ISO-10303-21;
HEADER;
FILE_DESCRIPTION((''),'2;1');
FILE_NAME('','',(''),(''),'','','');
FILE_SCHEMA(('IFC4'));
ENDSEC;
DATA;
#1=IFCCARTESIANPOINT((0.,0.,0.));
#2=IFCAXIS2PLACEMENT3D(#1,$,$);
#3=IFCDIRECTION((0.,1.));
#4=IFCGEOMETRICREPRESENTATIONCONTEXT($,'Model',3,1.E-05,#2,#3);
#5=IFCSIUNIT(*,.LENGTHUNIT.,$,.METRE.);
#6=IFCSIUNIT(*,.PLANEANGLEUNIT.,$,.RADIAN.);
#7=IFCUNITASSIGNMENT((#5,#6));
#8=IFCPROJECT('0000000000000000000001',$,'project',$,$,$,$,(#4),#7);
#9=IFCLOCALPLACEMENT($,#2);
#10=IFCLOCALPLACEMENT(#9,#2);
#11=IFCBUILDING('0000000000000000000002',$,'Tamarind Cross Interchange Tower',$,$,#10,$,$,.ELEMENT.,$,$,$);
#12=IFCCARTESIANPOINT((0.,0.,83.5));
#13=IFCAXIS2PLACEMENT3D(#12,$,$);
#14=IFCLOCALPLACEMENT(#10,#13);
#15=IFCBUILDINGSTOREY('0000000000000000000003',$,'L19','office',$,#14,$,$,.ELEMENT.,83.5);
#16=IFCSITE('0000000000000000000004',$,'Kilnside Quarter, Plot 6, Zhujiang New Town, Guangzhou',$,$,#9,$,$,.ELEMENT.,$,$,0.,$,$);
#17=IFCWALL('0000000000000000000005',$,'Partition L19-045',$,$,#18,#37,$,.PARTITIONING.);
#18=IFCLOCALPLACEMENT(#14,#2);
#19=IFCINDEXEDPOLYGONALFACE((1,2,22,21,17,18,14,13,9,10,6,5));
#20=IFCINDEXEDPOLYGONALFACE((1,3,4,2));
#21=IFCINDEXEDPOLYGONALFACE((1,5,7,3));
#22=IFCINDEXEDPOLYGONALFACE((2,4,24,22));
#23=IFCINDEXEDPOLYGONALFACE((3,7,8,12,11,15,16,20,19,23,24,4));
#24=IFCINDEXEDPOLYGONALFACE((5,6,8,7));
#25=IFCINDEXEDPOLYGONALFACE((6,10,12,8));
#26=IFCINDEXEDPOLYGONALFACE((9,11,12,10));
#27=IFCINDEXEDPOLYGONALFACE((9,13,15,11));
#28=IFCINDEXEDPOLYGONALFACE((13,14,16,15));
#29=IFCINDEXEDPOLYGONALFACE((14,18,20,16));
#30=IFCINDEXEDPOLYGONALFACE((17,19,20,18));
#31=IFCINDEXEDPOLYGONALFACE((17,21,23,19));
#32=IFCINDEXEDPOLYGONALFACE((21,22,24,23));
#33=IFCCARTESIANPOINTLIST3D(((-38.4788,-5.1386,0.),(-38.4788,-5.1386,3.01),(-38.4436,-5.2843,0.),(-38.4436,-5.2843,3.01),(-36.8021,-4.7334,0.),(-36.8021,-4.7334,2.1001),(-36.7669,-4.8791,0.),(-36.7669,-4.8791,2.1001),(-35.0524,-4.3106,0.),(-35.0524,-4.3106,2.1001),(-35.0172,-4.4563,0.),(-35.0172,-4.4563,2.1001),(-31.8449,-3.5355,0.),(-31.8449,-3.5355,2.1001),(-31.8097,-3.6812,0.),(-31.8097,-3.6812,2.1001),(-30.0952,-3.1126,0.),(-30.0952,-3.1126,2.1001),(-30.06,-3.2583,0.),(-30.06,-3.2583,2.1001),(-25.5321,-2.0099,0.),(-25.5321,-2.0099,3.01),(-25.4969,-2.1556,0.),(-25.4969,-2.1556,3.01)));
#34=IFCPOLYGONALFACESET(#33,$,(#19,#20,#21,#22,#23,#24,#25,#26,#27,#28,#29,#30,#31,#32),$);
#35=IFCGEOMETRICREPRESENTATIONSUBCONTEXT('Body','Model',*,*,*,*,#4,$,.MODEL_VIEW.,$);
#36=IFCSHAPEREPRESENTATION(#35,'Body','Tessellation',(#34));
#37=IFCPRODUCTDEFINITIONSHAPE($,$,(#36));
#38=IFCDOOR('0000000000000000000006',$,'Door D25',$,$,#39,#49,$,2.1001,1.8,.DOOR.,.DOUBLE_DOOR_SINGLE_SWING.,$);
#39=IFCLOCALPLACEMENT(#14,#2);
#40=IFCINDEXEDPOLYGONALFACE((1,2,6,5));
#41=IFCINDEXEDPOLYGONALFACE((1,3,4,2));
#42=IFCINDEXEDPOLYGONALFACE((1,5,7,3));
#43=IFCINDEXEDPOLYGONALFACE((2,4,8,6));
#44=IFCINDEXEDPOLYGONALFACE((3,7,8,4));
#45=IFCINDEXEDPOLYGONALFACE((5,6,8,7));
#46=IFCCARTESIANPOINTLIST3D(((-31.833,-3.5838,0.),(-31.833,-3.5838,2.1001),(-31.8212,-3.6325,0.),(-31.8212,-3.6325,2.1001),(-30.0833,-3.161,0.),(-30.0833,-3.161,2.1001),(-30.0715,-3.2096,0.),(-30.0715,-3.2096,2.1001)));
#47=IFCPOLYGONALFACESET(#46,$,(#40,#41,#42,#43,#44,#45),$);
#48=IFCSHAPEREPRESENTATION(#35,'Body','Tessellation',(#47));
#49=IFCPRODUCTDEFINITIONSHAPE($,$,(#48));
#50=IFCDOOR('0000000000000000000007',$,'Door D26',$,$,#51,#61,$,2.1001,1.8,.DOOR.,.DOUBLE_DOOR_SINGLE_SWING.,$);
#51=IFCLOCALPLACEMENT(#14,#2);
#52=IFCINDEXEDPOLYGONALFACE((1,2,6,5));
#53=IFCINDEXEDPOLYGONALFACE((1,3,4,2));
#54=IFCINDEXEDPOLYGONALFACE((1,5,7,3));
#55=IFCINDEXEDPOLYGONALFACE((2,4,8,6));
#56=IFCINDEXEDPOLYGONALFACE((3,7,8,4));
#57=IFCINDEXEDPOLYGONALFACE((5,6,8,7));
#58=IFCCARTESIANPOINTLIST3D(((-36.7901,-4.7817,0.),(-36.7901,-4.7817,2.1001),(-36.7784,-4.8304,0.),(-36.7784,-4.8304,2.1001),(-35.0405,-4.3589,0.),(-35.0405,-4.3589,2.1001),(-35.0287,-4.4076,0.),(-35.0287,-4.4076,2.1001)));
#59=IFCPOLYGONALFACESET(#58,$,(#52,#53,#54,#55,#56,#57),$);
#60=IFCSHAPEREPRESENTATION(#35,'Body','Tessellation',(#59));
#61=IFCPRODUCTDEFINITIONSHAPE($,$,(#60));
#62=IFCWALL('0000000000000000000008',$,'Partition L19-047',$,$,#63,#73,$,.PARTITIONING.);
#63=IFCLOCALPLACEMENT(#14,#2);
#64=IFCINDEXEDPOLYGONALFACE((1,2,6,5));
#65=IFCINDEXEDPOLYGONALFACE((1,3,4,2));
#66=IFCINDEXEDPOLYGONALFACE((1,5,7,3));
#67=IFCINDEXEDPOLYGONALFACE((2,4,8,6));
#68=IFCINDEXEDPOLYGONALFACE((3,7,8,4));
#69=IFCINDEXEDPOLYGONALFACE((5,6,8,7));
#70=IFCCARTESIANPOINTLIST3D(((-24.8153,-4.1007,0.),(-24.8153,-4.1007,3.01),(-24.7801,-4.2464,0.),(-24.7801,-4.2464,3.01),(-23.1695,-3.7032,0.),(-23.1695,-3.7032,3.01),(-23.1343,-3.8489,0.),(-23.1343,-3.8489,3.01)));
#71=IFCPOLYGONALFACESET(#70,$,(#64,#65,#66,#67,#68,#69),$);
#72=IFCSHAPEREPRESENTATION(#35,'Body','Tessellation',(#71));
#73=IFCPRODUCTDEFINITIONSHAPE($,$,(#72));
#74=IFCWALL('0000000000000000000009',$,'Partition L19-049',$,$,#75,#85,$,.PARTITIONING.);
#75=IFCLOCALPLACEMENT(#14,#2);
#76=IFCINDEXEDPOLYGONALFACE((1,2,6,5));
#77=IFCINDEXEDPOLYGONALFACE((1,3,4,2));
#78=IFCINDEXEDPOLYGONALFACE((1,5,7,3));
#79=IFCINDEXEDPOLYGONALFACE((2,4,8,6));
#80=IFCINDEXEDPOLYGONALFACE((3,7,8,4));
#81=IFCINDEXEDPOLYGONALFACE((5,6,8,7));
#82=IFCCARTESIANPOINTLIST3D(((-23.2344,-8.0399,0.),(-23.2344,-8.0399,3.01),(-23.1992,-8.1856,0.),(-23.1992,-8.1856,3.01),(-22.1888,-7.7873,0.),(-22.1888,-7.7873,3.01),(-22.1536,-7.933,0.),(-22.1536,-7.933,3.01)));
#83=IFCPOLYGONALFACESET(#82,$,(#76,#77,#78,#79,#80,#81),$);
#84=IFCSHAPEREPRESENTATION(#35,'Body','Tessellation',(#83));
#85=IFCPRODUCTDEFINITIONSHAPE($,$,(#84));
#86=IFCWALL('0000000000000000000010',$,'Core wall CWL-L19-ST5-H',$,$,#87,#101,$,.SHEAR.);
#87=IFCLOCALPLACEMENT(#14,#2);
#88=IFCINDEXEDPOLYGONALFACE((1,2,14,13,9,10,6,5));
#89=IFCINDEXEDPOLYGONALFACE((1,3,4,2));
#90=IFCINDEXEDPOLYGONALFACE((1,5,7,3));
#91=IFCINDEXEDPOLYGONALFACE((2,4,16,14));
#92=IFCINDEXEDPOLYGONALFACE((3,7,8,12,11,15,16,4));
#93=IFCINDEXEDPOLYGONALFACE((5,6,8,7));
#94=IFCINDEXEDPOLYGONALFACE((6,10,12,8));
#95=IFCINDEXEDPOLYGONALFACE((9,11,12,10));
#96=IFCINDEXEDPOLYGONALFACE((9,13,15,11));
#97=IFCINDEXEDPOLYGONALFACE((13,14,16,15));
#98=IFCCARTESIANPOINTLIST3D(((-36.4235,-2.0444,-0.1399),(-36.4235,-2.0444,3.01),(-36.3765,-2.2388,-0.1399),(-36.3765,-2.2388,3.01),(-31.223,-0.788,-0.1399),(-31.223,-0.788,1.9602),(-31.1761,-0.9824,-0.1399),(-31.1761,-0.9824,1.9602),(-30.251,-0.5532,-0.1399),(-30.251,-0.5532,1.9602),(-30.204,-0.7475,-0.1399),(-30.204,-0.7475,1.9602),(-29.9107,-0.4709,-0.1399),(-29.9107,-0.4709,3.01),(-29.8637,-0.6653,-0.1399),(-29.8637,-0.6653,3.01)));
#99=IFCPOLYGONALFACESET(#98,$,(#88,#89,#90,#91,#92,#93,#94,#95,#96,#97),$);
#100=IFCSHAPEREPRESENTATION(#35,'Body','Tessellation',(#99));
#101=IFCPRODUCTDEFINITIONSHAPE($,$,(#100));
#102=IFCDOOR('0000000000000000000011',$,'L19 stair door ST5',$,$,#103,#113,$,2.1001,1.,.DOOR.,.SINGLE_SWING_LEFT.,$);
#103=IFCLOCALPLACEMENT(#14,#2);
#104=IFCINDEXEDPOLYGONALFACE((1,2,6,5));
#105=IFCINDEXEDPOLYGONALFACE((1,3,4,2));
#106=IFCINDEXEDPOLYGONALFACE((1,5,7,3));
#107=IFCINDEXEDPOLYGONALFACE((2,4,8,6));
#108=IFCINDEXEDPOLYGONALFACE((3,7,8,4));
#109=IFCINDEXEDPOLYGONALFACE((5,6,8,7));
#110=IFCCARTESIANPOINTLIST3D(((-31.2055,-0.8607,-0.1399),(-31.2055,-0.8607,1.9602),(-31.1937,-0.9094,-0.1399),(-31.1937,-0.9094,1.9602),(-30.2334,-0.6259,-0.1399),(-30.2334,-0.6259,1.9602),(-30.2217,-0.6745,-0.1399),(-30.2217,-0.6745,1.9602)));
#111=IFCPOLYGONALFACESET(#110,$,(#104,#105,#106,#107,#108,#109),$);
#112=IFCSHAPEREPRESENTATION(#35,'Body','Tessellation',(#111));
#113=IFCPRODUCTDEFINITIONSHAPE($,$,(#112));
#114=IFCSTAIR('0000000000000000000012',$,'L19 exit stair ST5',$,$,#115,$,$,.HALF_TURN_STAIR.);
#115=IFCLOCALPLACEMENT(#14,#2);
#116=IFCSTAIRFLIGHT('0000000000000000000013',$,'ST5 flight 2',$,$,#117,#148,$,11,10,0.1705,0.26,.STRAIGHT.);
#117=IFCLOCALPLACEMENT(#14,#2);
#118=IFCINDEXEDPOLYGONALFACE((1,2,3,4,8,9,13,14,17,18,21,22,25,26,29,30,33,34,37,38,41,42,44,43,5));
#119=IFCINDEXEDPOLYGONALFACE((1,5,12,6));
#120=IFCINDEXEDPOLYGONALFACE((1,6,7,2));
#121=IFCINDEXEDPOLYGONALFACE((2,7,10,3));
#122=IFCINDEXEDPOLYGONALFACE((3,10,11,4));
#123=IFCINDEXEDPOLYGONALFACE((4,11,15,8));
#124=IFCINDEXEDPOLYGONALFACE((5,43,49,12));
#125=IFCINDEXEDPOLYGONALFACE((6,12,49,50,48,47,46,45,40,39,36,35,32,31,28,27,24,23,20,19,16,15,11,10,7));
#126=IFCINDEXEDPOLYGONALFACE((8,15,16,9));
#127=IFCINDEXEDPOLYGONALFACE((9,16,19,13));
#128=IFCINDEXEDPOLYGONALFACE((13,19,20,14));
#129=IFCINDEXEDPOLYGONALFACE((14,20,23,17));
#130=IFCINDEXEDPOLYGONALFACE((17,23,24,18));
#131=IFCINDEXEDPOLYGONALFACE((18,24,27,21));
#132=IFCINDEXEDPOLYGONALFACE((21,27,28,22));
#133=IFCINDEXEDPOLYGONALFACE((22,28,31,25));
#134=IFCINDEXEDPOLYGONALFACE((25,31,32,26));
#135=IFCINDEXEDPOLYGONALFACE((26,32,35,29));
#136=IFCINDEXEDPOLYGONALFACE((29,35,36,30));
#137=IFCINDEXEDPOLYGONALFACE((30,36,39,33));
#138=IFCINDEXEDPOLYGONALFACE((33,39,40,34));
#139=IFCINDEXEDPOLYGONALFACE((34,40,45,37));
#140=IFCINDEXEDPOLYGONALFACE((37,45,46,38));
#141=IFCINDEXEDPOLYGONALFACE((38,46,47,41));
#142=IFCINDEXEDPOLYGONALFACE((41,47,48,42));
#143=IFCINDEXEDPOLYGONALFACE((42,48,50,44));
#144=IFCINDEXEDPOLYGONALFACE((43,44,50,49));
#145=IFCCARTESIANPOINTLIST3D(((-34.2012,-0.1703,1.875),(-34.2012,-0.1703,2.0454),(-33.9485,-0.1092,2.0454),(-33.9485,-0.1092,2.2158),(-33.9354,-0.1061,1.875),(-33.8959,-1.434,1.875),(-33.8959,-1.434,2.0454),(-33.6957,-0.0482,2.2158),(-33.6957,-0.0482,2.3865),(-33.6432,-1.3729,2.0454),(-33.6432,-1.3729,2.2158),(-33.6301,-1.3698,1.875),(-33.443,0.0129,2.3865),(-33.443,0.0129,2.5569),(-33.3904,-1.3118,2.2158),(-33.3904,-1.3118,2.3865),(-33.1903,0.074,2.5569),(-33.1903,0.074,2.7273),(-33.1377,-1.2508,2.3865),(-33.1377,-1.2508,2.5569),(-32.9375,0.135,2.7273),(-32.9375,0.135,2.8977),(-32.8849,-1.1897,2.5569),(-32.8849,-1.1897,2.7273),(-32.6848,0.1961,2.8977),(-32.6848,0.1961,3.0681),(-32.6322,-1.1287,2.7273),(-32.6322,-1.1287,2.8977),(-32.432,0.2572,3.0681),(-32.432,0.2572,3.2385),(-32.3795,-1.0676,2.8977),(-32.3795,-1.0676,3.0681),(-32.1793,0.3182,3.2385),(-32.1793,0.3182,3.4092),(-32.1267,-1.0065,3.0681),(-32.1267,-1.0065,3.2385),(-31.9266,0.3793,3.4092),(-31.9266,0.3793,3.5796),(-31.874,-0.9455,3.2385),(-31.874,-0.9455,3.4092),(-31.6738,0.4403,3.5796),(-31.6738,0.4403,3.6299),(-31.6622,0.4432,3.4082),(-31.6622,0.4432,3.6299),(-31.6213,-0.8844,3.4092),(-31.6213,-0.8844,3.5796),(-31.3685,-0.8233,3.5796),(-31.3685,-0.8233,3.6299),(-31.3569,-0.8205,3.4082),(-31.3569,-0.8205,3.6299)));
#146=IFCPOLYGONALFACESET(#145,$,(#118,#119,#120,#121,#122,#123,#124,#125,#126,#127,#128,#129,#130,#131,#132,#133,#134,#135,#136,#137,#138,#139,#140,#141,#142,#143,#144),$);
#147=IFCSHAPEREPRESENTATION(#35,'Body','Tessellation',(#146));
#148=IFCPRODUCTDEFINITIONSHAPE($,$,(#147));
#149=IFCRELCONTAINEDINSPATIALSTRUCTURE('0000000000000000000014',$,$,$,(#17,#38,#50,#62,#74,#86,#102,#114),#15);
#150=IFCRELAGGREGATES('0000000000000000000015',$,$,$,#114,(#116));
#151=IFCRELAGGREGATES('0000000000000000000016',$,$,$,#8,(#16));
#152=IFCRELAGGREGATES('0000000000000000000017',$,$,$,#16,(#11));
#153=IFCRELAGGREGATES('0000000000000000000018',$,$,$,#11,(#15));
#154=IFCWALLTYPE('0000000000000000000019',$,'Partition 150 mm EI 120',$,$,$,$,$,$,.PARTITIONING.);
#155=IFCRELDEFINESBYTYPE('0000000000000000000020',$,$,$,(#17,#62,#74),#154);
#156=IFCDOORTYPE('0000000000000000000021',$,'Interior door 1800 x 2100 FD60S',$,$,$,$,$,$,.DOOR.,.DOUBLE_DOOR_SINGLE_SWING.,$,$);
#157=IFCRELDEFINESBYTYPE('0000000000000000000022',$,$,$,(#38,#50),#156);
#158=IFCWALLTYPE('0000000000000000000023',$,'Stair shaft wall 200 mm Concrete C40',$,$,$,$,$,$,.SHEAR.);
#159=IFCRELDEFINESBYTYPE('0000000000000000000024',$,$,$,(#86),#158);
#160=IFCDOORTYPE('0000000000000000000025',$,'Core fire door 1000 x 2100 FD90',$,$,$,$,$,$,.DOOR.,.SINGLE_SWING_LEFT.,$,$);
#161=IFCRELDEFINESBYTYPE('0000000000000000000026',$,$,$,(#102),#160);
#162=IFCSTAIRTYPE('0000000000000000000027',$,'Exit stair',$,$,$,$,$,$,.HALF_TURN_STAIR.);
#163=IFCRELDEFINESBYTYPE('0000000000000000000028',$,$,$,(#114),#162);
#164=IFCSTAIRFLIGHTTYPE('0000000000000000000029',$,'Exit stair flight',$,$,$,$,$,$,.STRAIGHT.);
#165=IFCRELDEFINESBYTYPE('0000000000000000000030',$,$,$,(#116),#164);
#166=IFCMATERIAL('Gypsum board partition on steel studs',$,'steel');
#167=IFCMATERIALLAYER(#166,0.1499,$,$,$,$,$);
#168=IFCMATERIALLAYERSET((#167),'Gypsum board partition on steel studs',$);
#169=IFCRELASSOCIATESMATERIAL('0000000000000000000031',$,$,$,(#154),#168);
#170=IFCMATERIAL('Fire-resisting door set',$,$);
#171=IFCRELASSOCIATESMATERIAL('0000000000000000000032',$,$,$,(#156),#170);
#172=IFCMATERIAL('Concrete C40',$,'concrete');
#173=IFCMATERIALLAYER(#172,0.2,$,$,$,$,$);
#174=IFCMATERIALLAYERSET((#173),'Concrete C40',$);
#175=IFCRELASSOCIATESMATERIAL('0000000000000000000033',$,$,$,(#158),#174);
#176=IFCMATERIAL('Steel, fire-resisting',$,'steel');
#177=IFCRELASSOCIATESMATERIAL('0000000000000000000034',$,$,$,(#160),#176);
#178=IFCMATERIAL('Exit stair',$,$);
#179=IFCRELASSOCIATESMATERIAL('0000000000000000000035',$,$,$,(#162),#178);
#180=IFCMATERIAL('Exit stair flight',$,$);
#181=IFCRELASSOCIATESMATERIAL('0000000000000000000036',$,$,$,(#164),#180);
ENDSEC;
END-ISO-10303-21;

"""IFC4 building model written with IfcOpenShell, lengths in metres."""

from ifc_helpers import new_model, si_unit, direction, frame, frame_2d, origin, place, context, subcontext, project, spatial, polyline, rectangle, outline, extrude, material, layer, layer_set, type_object, element, fill, aggregate, save


model = new_model("IFC4")

# Units and contexts
model_context = context("Model", 3, precision=1e-05, world=origin(), true_north=direction((0.0, 1.0)))
body_context = subcontext(model_context, "Body", "Model", "MODEL_VIEW")
ifc_project = project(units=[si_unit("LENGTHUNIT", "METRE"), si_unit("PLANEANGLEUNIT", "RADIAN")], contexts=[model_context])

# Site, building, storey
site_placement = place(None, origin())
site = spatial("IfcSite", under=ifc_project, at=site_placement, Name="Kilnside Quarter, Plot 6, Zhujiang New Town, Guangzhou", CompositionType="ELEMENT", RefElevation=0.0)
building_placement = place(site_placement, origin())
building = spatial("IfcBuilding", under=site, at=building_placement, Name="Tamarind Cross Interchange Tower", CompositionType="ELEMENT")
storey_placement = place(building_placement, frame((0.0, 0.0, 83.5)))
storey = spatial("IfcBuildingStorey", under=building, at=storey_placement, Name="L19", Description="office", CompositionType="ELEMENT", Elevation=83.5)

# Shared definitions
ifc_material_1 = material(Name="Concrete C40", Category="concrete")

# Shared definitions
ifc_material_2 = material(Name="Gypsum board partition on steel studs", Category="steel")
ifc_layer_1 = layer(ifc_material_2, 0.1499)
ifc_layer_set_1 = layer_set([ifc_layer_1], Name="Gypsum board partition on steel studs")
wall_type_1 = type_object("IfcWallType", Name="Partition 150 mm EI 120", PredefinedType="PARTITIONING", material=ifc_layer_set_1)

# Shared definitions
ifc_material_3 = material(Name="Fire-resisting door set")

# Wall, openings, doors
wall_1_placement = place(storey_placement, frame((-38.4612, -5.2114, 0.0), z_axis=(0.0, 0.0, 1.0), x_axis=(0.972021, 0.234894, 0.0)))
wall_1 = element("IfcWall", 1, at=wall_1_placement, inside=storey, type_object=wall_type_1, Name="Partition L19-045", PredefinedType="PARTITIONING", context=body_context, shape_type="SweptSolid", body=[
    extrude(rectangle(XDim=13.3193, YDim=0.1499, at=frame_2d((6.6597, 0.0))), origin(), (0.0, 0.0, 1.0), 3.01),
])
opening_1_placement = place(wall_1_placement, frame((6.825, 0.0, 0.0)))
opening_1 = element("IfcOpeningElement", 2, at=opening_1_placement, cuts=wall_1, PredefinedType="OPENING", context=body_context, shape_type="SweptSolid", body=[
    extrude(rectangle(XDim=1.8, YDim=2.1001, at=frame_2d((0.8999, 1.05))), frame((0.0, 0.085, 0.0), z_axis=(0.0, -1.0, 0.0), x_axis=(1.0, 0.0, 0.0)), (0.0, 0.0, 1.0), 0.1699),
])
opening_2_placement = place(wall_1_placement, frame((1.7251, 0.0, 0.0)))
opening_2 = element("IfcOpeningElement", 3, at=opening_2_placement, cuts=wall_1, PredefinedType="OPENING", context=body_context, shape_type="SweptSolid", body=[
    extrude(rectangle(XDim=1.8, YDim=2.1001, at=frame_2d((0.8999, 1.05))), frame((0.0, 0.085, 0.0), z_axis=(0.0, -1.0, 0.0), x_axis=(1.0, 0.0, 0.0)), (0.0, 0.0, 1.0), 0.1699),
])
door_type_1 = type_object("IfcDoorType", Name="Interior door 1800 x 2100 FD60S", OperationType="DOUBLE_DOOR_SINGLE_SWING", PredefinedType="DOOR", material=ifc_material_3)
door_1_placement = place(opening_1_placement, frame((1.8, 0.0, 0.0), z_axis=(0.0, 0.0, 1.0), x_axis=(-1.0, 0.0, 0.0)))
door_1 = element("IfcDoor", 4, at=door_1_placement, inside=storey, type_object=door_type_1, Name="Door D25", OperationType="DOUBLE_DOOR_SINGLE_SWING", OverallHeight=2.1001, OverallWidth=1.8, PredefinedType="DOOR", context=body_context, shape_type="SweptSolid", body=[
    extrude(rectangle(XDim=1.8, YDim=2.1001, at=frame_2d((0.8999, 1.05))), frame((0.0, 0.0249, 0.0), z_axis=(0.0, -1.0, 0.0), x_axis=(1.0, 0.0, 0.0)), (0.0, 0.0, 1.0), 0.05),
])
fill(opening_1, door_1)
door_2_placement = place(opening_2_placement, frame((1.8, 0.0, 0.0), z_axis=(0.0, 0.0, 1.0), x_axis=(-1.0, 0.0, 0.0)))
door_2 = element("IfcDoor", 5, at=door_2_placement, inside=storey, type_object=door_type_1, Name="Door D26", OperationType="DOUBLE_DOOR_SINGLE_SWING", OverallHeight=2.1001, OverallWidth=1.8, PredefinedType="DOOR", context=body_context, shape_type="SweptSolid", body=[
    extrude(rectangle(XDim=1.8, YDim=2.1001, at=frame_2d((0.8999, 1.05))), frame((0.0, 0.0249, 0.0), z_axis=(0.0, -1.0, 0.0), x_axis=(1.0, 0.0, 0.0)), (0.0, 0.0, 1.0), 0.05),
])
fill(opening_2, door_2)

# Walls
wall_2_placement = place(storey_placement, frame((-24.7979, -4.1736, 0.0), z_axis=(0.0, 0.0, 1.0), x_axis=(0.972054, 0.234758, 0.0)))
element("IfcWall", 6, at=wall_2_placement, inside=storey, type_object=wall_type_1, Name="Partition L19-047", PredefinedType="PARTITIONING", context=body_context, shape_type="SweptSolid", body=[
    extrude(rectangle(XDim=1.6931, YDim=0.1499, at=frame_2d((0.8467, 0.0))), origin(), (0.0, 0.0, 1.0), 3.01),
])
wall_3_placement = place(storey_placement, frame((-23.2168, -8.1128, 0.0), z_axis=(0.0, 0.0, 1.0), x_axis=(0.972021, 0.234892, 0.0)))
element("IfcWall", 7, at=wall_3_placement, inside=storey, type_object=wall_type_1, Name="Partition L19-049", PredefinedType="PARTITIONING", context=body_context, shape_type="SweptSolid", body=[
    extrude(rectangle(XDim=1.0757, YDim=0.1499, at=frame_2d((0.5378, 0.0))), origin(), (0.0, 0.0, 1.0), 3.01),
])

# Wall, opening, door
ifc_layer_2 = layer(ifc_material_1, 0.2)
ifc_layer_set_2 = layer_set([ifc_layer_2], Name="Concrete C40")
wall_type_2 = type_object("IfcWallType", Name="Stair shaft wall 200 mm Concrete C40", PredefinedType="SHEAR", material=ifc_layer_set_2)
wall_4_placement = place(storey_placement, frame((-29.8872, -0.5681, -0.1399), z_axis=(0.0, 0.0, 1.0), x_axis=(-0.972033, -0.234846, 0.0)))
wall_4 = element("IfcWall", 8, at=wall_4_placement, inside=storey, type_object=wall_type_2, Name="Core wall CWL-L19-ST5-H", PredefinedType="SHEAR", context=body_context, shape_type="SweptSolid", body=[
    extrude(rectangle(XDim=6.7002, YDim=0.2, at=frame_2d((3.3501, 0.0))), origin(), (0.0, 0.0, 1.0), 3.1499),
])
opening_3_placement = place(wall_4_placement, frame((0.3501, 0.0, 0.0)))
opening_3 = element("IfcOpeningElement", 9, at=opening_3_placement, cuts=wall_4, PredefinedType="OPENING", context=body_context, shape_type="SweptSolid", body=[
    extrude(rectangle(XDim=1.0, YDim=2.1001, at=frame_2d((0.5, 1.05))), frame((0.0, 0.1099, 0.0), z_axis=(0.0, -1.0, 0.0), x_axis=(1.0, 0.0, 0.0)), (0.0, 0.0, 1.0), 0.22),
])
ifc_material_4 = material(Name="Steel, fire-resisting", Category="steel")
door_type_2 = type_object("IfcDoorType", Name="Core fire door 1000 x 2100 FD90", OperationType="SINGLE_SWING_LEFT", PredefinedType="DOOR", material=ifc_material_4)
door_3_placement = place(opening_3_placement, origin())
door_3 = element("IfcDoor", 10, at=door_3_placement, inside=storey, type_object=door_type_2, Name="L19 stair door ST5", OperationType="SINGLE_SWING_LEFT", OverallHeight=2.1001, OverallWidth=1.0, PredefinedType="DOOR", context=body_context, shape_type="SweptSolid", body=[
    extrude(rectangle(XDim=1.0, YDim=2.1001, at=frame_2d((0.5, 1.05))), frame((0.0, 0.0249, 0.0), z_axis=(0.0, -1.0, 0.0), x_axis=(1.0, 0.0, 0.0)), (0.0, 0.0, 1.0), 0.05),
])
fill(opening_3, door_3)

# Stair, stair flight
ifc_material_5 = material(Name="Exit stair")
stair_type = type_object("IfcStairType", Name="Exit stair", PredefinedType="HALF_TURN_STAIR", material=ifc_material_5)
stair_placement = place(storey_placement, origin())
stair = element("IfcStair", 11, at=stair_placement, inside=storey, type_object=stair_type, Name="L19 exit stair ST5", PredefinedType="HALF_TURN_STAIR")
ifc_material_6 = material(Name="Exit stair flight")
stair_flight_type = type_object("IfcStairFlightType", Name="Exit stair flight", PredefinedType="STRAIGHT", material=ifc_material_6)
stair_flight_placement = place(storey_placement, frame((-34.0486, -0.802, 1.875), z_axis=(0.0, 0.0, 1.0), x_axis=(0.972033, 0.234844, 0.0)))
stair_flight = element("IfcStairFlight", 12, at=stair_flight_placement, type_object=stair_flight_type, Name="ST5 flight 2", NumberOfRisers=11, NumberOfTreads=10, PredefinedType="STRAIGHT", RiserHeight=0.1705, TreadLength=0.26, context=body_context, shape_type="SweptSolid", body=[
    extrude(outline(polyline([(0.0, 0.0), (0.0, 0.1704), (0.26, 0.1704), (0.26, 0.3408), (0.52, 0.3408), (0.52, 0.5115), (0.78, 0.5115), (0.78, 0.6819), (1.04, 0.6819), (1.04, 0.8523), (1.3, 0.8523), (1.3, 1.0227), (1.5601, 1.0227), (1.5601, 1.1931), (1.8201, 1.1931), (1.8201, 1.3635), (2.0801, 1.3635), (2.0801, 1.5342), (2.3401, 1.5342), (2.3401, 1.7046), (2.6001, 1.7046), (2.6001, 1.7549), (2.6121, 1.7549), (2.6121, 1.5332), (0.2734, 0.0), (0.0, 0.0)])), frame((0.0, 0.6499, 0.0), z_axis=(0.0, -1.0, 0.0), x_axis=(1.0, 0.0, 0.0)), (0.0, 0.0, 1.0), 1.3),
])
aggregate(stair, [stair_flight])

save(model, "model.ifc")
